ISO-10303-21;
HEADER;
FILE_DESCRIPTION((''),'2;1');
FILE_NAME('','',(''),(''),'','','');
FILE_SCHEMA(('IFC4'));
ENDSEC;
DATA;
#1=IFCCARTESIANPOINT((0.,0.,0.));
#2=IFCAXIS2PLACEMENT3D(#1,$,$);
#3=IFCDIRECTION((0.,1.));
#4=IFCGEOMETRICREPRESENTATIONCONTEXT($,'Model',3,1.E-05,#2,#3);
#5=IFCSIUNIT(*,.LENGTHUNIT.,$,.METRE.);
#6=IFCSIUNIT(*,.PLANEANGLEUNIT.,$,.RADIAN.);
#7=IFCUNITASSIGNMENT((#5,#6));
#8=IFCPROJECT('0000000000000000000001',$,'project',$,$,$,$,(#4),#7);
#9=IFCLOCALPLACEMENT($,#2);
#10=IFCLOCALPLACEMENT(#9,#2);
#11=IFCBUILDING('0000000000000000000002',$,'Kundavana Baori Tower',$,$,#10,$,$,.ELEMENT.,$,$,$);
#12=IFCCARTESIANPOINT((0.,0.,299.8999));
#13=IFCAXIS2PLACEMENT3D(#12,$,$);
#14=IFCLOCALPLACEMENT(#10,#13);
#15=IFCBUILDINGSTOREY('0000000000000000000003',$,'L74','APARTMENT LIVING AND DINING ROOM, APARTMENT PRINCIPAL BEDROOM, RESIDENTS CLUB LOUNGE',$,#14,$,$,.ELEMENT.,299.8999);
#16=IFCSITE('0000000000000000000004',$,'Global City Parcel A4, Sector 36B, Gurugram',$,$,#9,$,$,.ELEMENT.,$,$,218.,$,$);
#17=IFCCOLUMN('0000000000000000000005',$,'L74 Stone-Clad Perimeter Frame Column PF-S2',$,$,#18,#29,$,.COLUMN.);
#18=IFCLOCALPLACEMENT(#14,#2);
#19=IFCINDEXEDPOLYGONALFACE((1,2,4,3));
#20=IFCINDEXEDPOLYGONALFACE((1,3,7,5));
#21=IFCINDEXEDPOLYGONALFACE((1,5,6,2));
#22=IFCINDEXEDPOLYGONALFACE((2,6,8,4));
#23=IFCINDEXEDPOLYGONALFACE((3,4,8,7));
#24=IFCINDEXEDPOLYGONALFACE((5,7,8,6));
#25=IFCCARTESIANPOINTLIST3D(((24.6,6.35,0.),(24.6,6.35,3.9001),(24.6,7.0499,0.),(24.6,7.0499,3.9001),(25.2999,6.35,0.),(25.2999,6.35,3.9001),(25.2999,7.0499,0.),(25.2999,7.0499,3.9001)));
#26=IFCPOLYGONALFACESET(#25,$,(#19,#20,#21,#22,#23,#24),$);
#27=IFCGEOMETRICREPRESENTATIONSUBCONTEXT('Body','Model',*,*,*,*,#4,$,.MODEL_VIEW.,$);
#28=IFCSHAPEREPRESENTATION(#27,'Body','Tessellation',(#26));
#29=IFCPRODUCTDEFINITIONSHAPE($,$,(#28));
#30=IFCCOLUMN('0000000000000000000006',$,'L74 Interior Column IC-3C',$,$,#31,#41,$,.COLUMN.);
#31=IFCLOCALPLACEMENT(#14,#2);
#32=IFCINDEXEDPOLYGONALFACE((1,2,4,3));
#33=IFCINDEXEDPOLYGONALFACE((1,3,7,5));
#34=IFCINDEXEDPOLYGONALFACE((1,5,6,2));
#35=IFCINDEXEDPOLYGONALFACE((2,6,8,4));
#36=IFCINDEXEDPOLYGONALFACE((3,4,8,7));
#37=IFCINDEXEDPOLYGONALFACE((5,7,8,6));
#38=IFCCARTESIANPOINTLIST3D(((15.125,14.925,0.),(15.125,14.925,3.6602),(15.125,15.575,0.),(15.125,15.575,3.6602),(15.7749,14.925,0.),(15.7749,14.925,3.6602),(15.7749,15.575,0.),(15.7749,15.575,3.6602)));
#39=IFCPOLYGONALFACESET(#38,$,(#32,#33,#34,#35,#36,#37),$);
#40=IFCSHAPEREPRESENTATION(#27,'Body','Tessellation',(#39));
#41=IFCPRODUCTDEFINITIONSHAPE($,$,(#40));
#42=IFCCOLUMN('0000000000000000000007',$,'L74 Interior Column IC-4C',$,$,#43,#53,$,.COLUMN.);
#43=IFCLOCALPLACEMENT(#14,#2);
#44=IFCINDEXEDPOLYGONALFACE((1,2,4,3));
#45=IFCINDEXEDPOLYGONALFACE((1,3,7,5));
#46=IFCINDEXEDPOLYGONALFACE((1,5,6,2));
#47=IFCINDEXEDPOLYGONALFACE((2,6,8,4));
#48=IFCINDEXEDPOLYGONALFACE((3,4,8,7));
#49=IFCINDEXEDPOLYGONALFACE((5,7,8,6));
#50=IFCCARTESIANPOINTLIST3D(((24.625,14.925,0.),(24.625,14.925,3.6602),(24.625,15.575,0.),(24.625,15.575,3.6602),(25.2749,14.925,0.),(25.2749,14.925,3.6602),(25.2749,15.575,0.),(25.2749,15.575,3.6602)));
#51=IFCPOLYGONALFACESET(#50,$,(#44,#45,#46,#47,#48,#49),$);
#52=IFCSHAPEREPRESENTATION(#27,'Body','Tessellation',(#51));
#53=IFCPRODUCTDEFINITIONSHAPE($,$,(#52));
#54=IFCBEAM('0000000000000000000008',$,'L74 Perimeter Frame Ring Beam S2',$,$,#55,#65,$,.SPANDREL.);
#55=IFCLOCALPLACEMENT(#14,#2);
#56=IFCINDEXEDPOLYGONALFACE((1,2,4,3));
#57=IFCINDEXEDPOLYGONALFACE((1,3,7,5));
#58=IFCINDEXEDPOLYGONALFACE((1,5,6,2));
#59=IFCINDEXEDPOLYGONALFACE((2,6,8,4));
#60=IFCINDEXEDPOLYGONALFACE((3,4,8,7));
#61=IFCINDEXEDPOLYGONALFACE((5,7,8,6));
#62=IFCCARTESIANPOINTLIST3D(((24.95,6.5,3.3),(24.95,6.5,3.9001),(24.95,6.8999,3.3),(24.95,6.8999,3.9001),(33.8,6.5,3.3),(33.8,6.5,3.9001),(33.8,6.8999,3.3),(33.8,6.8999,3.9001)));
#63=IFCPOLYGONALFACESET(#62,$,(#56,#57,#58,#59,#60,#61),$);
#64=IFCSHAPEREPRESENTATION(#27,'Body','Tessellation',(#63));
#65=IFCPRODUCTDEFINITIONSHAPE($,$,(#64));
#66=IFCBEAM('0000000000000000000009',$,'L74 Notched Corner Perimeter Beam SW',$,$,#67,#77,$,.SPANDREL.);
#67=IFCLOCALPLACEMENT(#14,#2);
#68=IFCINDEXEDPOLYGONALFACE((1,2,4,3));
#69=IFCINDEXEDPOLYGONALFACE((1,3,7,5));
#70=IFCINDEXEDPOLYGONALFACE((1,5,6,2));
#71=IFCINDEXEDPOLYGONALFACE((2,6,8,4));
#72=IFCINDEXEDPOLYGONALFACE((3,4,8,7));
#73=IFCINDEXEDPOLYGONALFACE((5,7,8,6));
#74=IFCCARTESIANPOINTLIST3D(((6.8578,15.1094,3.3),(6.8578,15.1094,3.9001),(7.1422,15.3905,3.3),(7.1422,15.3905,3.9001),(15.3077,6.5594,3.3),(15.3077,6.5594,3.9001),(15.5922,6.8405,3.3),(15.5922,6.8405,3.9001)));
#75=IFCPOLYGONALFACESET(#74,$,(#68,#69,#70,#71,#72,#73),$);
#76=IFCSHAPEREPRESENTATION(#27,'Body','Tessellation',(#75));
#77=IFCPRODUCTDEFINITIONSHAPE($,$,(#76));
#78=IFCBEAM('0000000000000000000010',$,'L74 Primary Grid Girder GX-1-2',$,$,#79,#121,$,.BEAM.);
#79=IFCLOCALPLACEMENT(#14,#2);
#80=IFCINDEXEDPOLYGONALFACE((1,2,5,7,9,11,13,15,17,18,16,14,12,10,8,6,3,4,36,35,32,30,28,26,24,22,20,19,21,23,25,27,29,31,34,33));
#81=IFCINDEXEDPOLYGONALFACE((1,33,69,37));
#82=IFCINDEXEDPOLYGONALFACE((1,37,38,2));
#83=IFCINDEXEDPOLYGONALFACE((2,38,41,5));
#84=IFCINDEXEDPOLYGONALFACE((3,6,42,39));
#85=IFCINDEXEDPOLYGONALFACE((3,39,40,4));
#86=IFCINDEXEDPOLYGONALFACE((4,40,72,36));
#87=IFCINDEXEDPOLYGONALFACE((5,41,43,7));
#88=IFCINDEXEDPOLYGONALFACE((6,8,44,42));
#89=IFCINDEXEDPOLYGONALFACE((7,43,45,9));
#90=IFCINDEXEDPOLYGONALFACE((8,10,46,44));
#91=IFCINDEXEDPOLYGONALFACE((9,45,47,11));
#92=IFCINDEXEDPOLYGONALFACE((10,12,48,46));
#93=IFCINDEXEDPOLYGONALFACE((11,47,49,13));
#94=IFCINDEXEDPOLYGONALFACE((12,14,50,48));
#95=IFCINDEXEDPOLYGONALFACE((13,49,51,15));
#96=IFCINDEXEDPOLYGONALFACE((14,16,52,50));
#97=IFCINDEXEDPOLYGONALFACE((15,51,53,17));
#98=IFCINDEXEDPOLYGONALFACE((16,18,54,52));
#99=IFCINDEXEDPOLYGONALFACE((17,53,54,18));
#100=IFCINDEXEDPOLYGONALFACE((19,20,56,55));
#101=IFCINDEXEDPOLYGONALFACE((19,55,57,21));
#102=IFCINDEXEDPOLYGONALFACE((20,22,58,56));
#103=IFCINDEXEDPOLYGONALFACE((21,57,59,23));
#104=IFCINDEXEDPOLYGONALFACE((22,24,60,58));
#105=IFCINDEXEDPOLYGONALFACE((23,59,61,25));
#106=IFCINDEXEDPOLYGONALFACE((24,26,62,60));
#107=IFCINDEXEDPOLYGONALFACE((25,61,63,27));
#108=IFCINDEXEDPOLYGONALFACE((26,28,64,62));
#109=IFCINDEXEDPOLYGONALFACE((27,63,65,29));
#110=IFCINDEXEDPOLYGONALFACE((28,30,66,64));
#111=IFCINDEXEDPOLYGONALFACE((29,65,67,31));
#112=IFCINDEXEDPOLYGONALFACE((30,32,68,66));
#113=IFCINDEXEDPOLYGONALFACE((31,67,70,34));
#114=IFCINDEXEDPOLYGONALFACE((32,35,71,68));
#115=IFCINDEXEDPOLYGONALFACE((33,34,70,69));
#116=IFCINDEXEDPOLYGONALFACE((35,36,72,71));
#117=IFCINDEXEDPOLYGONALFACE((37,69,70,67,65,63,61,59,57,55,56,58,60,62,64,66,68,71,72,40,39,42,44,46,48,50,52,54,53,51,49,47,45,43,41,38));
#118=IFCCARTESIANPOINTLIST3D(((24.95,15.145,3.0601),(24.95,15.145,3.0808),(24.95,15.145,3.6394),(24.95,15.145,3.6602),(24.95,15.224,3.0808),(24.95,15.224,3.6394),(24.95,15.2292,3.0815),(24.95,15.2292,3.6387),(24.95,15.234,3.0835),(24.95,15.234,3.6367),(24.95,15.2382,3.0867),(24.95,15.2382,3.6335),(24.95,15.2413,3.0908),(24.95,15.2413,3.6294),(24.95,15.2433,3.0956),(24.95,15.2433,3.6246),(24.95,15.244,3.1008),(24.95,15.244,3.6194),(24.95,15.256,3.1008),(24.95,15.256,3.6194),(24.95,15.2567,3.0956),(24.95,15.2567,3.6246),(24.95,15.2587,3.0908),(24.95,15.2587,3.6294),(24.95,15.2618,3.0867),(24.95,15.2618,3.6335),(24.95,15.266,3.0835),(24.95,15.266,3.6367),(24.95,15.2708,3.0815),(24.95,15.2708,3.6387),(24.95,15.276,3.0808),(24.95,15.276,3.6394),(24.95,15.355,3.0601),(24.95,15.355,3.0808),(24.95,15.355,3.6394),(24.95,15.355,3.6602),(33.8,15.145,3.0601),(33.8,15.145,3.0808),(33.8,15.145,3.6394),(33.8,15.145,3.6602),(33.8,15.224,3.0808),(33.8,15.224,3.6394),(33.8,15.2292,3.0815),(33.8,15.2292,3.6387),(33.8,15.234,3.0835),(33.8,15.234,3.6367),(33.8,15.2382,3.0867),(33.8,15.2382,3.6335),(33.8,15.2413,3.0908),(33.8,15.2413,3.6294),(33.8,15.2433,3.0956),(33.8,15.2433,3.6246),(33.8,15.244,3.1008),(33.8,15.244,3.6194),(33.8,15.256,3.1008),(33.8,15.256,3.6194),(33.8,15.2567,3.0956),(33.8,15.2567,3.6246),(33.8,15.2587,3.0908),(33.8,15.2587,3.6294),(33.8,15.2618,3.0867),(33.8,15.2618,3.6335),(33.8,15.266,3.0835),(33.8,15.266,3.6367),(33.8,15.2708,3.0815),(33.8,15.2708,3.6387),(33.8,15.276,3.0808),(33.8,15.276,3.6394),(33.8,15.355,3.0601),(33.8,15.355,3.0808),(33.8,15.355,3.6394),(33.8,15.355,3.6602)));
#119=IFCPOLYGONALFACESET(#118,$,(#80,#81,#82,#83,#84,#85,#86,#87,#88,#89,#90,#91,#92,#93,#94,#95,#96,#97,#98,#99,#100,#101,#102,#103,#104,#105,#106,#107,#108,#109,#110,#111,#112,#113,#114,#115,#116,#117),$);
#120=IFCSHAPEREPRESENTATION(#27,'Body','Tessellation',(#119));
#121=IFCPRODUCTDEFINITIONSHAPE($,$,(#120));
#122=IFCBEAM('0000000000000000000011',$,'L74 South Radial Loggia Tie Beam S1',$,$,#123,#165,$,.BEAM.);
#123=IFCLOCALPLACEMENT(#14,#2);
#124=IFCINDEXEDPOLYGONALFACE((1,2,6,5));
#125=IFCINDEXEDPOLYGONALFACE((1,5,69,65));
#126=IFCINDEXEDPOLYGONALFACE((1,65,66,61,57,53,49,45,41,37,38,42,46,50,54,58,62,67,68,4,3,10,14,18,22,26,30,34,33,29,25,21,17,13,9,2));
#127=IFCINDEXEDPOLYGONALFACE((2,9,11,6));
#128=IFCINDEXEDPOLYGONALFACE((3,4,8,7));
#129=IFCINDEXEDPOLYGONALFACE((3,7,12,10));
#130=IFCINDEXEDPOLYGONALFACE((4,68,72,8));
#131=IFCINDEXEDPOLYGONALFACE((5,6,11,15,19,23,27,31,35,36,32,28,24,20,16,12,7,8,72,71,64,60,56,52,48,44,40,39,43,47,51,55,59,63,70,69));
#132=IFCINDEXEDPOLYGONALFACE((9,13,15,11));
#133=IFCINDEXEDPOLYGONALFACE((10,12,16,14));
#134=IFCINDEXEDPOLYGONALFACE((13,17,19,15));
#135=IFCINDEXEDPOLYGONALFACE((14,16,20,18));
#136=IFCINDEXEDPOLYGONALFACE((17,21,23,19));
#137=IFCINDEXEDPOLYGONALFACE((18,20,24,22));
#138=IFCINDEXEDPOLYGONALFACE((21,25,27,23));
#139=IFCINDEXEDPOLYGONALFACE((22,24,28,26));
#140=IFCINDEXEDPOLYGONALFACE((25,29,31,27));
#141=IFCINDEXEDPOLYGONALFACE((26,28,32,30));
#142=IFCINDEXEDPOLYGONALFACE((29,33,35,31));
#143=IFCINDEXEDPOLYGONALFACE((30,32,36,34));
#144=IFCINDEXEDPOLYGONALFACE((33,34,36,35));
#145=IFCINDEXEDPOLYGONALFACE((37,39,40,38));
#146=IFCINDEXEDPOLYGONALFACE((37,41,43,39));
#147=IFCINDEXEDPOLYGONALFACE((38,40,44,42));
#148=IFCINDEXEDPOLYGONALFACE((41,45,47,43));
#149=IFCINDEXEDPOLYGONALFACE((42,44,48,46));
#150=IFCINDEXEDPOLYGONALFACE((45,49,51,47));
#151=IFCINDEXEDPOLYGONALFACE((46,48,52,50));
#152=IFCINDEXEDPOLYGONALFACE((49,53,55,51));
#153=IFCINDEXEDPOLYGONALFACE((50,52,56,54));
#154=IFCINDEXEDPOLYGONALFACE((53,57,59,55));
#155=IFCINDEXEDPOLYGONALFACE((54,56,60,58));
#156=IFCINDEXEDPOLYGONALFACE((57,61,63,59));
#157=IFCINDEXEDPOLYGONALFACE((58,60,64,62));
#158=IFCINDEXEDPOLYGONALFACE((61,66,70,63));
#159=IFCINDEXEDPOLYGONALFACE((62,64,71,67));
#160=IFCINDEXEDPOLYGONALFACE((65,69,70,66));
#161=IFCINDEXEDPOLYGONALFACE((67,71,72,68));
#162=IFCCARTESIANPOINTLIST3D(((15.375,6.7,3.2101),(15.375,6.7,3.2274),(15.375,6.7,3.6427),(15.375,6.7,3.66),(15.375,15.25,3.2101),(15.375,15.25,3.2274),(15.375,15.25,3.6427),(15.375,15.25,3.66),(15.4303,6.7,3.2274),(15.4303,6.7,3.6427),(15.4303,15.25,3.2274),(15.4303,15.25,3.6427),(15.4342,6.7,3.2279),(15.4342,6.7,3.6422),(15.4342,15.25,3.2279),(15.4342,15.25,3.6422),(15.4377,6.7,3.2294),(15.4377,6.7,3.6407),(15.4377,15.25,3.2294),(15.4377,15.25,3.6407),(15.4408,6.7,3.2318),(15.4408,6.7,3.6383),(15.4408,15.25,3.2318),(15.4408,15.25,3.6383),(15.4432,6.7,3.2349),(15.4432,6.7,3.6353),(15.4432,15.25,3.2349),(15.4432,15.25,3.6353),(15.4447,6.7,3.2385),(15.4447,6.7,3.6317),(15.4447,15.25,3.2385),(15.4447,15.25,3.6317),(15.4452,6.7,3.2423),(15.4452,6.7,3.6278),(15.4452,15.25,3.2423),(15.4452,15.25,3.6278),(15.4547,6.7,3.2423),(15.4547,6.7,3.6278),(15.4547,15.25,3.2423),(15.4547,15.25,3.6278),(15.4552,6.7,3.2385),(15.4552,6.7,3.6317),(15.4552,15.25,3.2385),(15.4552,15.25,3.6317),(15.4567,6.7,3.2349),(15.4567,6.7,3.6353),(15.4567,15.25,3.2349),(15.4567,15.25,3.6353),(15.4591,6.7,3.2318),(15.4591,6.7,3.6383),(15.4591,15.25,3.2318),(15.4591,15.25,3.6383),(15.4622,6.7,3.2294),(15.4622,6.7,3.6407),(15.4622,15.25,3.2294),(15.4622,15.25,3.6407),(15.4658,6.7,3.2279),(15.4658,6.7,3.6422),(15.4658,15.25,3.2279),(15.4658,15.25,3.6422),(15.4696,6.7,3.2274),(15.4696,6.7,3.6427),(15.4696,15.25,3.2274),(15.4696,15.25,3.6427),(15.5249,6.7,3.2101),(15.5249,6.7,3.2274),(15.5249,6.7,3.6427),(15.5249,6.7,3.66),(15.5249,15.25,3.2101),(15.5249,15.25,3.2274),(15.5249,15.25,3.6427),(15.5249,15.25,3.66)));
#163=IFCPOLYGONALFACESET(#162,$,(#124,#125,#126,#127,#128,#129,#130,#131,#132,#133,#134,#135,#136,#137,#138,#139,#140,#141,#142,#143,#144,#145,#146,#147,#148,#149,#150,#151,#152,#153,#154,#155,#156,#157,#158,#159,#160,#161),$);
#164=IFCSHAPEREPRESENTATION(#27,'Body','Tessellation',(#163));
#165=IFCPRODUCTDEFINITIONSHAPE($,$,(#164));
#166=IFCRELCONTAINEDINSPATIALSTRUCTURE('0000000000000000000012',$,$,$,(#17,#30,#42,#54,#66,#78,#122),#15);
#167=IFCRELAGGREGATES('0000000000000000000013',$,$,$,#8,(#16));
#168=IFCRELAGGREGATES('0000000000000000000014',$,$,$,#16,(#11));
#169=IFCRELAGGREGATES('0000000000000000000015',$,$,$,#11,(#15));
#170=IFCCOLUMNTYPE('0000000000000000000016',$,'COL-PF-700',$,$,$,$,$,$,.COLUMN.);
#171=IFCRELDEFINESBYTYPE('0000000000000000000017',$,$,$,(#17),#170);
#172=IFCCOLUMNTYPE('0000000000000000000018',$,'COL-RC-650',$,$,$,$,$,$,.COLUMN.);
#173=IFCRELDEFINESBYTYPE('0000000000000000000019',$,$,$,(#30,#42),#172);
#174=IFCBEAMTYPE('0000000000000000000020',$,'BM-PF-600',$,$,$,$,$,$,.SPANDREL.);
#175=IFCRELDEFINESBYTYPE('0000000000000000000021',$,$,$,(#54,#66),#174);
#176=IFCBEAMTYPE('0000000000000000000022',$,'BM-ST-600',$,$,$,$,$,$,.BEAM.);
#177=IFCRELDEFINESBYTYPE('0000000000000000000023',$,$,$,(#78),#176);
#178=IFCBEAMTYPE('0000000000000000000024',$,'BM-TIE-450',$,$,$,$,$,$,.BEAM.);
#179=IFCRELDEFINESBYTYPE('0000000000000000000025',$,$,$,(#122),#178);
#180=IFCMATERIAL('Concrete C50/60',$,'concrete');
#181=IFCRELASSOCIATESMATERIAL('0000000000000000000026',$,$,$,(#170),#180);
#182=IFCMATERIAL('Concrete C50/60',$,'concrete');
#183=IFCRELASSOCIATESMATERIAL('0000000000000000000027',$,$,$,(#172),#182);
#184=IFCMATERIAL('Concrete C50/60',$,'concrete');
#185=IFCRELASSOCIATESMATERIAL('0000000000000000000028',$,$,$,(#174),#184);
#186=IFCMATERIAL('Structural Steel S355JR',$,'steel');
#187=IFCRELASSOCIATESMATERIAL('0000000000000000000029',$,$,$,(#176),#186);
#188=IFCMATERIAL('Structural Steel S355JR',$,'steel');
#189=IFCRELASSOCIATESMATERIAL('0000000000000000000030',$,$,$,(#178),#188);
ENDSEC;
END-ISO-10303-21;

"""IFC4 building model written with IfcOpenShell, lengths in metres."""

from ifc_helpers import new_model, si_unit, direction, frame, origin, origin_2d, place, context, subcontext, project, spatial, rectangle, i_section, extrude, material, material_profile, profile_set, type_object, element, save


model = new_model("IFC4")

# Units and contexts
model_context = context("Model", 3, precision=1e-05, world=origin(), true_north=direction((0.0, 1.0)))
body_context = subcontext(model_context, "Body", "Model", "MODEL_VIEW")
ifc_project = project(units=[si_unit("LENGTHUNIT", "METRE"), si_unit("PLANEANGLEUNIT", "RADIAN")], contexts=[model_context])

# Site, building, storey
site_placement = place(None, origin())
site = spatial("IfcSite", under=ifc_project, at=site_placement, Name="Global City Parcel A4, Sector 36B, Gurugram", CompositionType="ELEMENT", RefElevation=218.0)
building_placement = place(site_placement, origin())
building = spatial("IfcBuilding", under=site, at=building_placement, Name="Kundavana Baori Tower", CompositionType="ELEMENT")
storey_placement = place(building_placement, frame((0.0, 0.0, 299.8999)))
storey = spatial("IfcBuildingStorey", under=building, at=storey_placement, Name="L74", Description="APARTMENT LIVING AND DINING ROOM, APARTMENT PRINCIPAL BEDROOM, RESIDENTS CLUB LOUNGE", CompositionType="ELEMENT", Elevation=299.8999)

# Columns
ifc_material_1 = material(Name="Concrete C50/60", Category="concrete")
ifc_material_profile_1 = material_profile(ifc_material_1, rectangle(XDim=0.7, YDim=0.7, at=origin_2d()), Name="RC PF 700x700")
ifc_profile_set_1 = profile_set([ifc_material_profile_1], Name="Concrete C50/60")
column_type_1 = type_object("IfcColumnType", Name="COL-PF-700", PredefinedType="COLUMN", material=ifc_profile_set_1)
column_placement = place(storey_placement, frame((24.95, 6.7, 0.0), z_axis=(0.0, 0.0, 1.0), x_axis=(1.0, 0.0, 0.0)))
element("IfcColumn", 1, at=column_placement, inside=storey, type_object=column_type_1, Name="L74 Stone-Clad Perimeter Frame Column PF-S2", PredefinedType="COLUMN", context=body_context, shape_type="SweptSolid", body=[
    extrude(rectangle(XDim=0.7, YDim=0.7, at=origin_2d()), origin(), (0.0, 0.0, 1.0), 3.9001),
])
ifc_material_2 = material(Name="Concrete C50/60", Category="concrete")
ifc_material_profile_2 = material_profile(ifc_material_2, rectangle(XDim=0.6499, YDim=0.6499, at=origin_2d()), Name="RC 650x650")
ifc_profile_set_2 = profile_set([ifc_material_profile_2], Name="Concrete C50/60")
column_type_2 = type_object("IfcColumnType", Name="COL-RC-650", PredefinedType="COLUMN", material=ifc_profile_set_2)
for number, where, z_axis, x_axis, name in (
    (2, (15.45, 15.25, 0.0), (0.0, 0.0, 1.0), (1.0, 0.0, 0.0), "L74 Interior Column IC-3C"),
    (3, (24.95, 15.25, 0.0), (0.0, 0.0, 1.0), (1.0, 0.0, 0.0), "L74 Interior Column IC-4C"),
):
    element("IfcColumn", number, at=place(storey_placement, frame(where, z_axis=z_axis, x_axis=x_axis)), inside=storey, type_object=column_type_2, Name=name, PredefinedType="COLUMN", context=body_context, shape_type="SweptSolid", body=[
        extrude(rectangle(XDim=0.6499, YDim=0.6499, at=origin_2d()), origin(), (0.0, 0.0, 1.0), 3.6602),
    ])

# Beams
ifc_material_3 = material(Name="Concrete C50/60", Category="concrete")
ifc_material_profile_3 = material_profile(ifc_material_3, rectangle(XDim=0.3999, YDim=0.6001, at=origin_2d()), Name="RC BM 400x600")
ifc_profile_set_3 = profile_set([ifc_material_profile_3], Name="Concrete C50/60")
beam_type_1 = type_object("IfcBeamType", Name="BM-PF-600", PredefinedType="SPANDREL", material=ifc_profile_set_3)
beam_1_placement = place(storey_placement, frame((24.95, 6.7, 3.6001), z_axis=(1.0, 0.0, 0.0), x_axis=(0.0, 1.0, 0.0)))
element("IfcBeam", 4, at=beam_1_placement, inside=storey, type_object=beam_type_1, Name="L74 Perimeter Frame Ring Beam S2", PredefinedType="SPANDREL", context=body_context, shape_type="SweptSolid", body=[
    extrude(rectangle(XDim=0.3999, YDim=0.6001, at=origin_2d()), origin(), (0.0, 0.0, 1.0), 8.8501),
])
beam_2_placement = place(storey_placement, frame((15.45, 6.7, 3.6001), z_axis=(-0.702931, 0.711258, 0.0), x_axis=(-0.711258, -0.702931, 0.0)))
element("IfcBeam", 5, at=beam_2_placement, inside=storey, type_object=beam_type_1, Name="L74 Notched Corner Perimeter Beam SW", PredefinedType="SPANDREL", context=body_context, shape_type="SweptSolid", body=[
    extrude(rectangle(XDim=0.3999, YDim=0.6001, at=origin_2d()), origin(), (0.0, 0.0, 1.0), 12.021),
])
ifc_material_4 = material(Name="Structural Steel S355JR", Category="steel")
ifc_material_profile_4 = material_profile(ifc_material_4, i_section(OverallWidth=0.21, OverallDepth=0.6001, WebThickness=0.012, FlangeThickness=0.0208, FilletRadius=0.02, at=origin_2d()), Name="ISMB 600")
ifc_profile_set_4 = profile_set([ifc_material_profile_4], Name="Structural Steel S355JR")
beam_type_2 = type_object("IfcBeamType", Name="BM-ST-600", PredefinedType="BEAM", material=ifc_profile_set_4)
beam_3_placement = place(storey_placement, frame((24.95, 15.25, 3.3601), z_axis=(1.0, 0.0, 0.0), x_axis=(0.0, 1.0, 0.0)))
element("IfcBeam", 6, at=beam_3_placement, inside=storey, type_object=beam_type_2, Name="L74 Primary Grid Girder GX-1-2", PredefinedType="BEAM", context=body_context, shape_type="SweptSolid", body=[
    extrude(i_section(OverallWidth=0.21, OverallDepth=0.6001, WebThickness=0.012, FlangeThickness=0.0208, FilletRadius=0.02, at=origin_2d()), origin(), (0.0, 0.0, 1.0), 8.8501),
])
ifc_material_5 = material(Name="Structural Steel S355JR", Category="steel")
ifc_material_profile_5 = material_profile(ifc_material_5, i_section(OverallWidth=0.1499, OverallDepth=0.45, WebThickness=0.0095, FlangeThickness=0.0173, FilletRadius=0.0149, at=origin_2d()), Name="ISMB 450")
ifc_profile_set_5 = profile_set([ifc_material_profile_5], Name="Structural Steel S355JR")
beam_type_3 = type_object("IfcBeamType", Name="BM-TIE-450", PredefinedType="BEAM", material=ifc_profile_set_5)
for number, where, z_axis, x_axis, name in (
    (7, (15.45, 15.25, 3.4351), (0.0, -1.0, 0.0), (1.0, 0.0, 0.0), "L74 South Radial Loggia Tie Beam S1"),
):
    element("IfcBeam", number, at=place(storey_placement, frame(where, z_axis=z_axis, x_axis=x_axis)), inside=storey, type_object=beam_type_3, Name=name, PredefinedType="BEAM", context=body_context, shape_type="SweptSolid", body=[
        extrude(i_section(OverallWidth=0.1499, OverallDepth=0.45, WebThickness=0.0095, FlangeThickness=0.0173, FilletRadius=0.0149, at=origin_2d()), origin(), (0.0, 0.0, 1.0), 8.55),
    ])

save(model, "model.ifc")
